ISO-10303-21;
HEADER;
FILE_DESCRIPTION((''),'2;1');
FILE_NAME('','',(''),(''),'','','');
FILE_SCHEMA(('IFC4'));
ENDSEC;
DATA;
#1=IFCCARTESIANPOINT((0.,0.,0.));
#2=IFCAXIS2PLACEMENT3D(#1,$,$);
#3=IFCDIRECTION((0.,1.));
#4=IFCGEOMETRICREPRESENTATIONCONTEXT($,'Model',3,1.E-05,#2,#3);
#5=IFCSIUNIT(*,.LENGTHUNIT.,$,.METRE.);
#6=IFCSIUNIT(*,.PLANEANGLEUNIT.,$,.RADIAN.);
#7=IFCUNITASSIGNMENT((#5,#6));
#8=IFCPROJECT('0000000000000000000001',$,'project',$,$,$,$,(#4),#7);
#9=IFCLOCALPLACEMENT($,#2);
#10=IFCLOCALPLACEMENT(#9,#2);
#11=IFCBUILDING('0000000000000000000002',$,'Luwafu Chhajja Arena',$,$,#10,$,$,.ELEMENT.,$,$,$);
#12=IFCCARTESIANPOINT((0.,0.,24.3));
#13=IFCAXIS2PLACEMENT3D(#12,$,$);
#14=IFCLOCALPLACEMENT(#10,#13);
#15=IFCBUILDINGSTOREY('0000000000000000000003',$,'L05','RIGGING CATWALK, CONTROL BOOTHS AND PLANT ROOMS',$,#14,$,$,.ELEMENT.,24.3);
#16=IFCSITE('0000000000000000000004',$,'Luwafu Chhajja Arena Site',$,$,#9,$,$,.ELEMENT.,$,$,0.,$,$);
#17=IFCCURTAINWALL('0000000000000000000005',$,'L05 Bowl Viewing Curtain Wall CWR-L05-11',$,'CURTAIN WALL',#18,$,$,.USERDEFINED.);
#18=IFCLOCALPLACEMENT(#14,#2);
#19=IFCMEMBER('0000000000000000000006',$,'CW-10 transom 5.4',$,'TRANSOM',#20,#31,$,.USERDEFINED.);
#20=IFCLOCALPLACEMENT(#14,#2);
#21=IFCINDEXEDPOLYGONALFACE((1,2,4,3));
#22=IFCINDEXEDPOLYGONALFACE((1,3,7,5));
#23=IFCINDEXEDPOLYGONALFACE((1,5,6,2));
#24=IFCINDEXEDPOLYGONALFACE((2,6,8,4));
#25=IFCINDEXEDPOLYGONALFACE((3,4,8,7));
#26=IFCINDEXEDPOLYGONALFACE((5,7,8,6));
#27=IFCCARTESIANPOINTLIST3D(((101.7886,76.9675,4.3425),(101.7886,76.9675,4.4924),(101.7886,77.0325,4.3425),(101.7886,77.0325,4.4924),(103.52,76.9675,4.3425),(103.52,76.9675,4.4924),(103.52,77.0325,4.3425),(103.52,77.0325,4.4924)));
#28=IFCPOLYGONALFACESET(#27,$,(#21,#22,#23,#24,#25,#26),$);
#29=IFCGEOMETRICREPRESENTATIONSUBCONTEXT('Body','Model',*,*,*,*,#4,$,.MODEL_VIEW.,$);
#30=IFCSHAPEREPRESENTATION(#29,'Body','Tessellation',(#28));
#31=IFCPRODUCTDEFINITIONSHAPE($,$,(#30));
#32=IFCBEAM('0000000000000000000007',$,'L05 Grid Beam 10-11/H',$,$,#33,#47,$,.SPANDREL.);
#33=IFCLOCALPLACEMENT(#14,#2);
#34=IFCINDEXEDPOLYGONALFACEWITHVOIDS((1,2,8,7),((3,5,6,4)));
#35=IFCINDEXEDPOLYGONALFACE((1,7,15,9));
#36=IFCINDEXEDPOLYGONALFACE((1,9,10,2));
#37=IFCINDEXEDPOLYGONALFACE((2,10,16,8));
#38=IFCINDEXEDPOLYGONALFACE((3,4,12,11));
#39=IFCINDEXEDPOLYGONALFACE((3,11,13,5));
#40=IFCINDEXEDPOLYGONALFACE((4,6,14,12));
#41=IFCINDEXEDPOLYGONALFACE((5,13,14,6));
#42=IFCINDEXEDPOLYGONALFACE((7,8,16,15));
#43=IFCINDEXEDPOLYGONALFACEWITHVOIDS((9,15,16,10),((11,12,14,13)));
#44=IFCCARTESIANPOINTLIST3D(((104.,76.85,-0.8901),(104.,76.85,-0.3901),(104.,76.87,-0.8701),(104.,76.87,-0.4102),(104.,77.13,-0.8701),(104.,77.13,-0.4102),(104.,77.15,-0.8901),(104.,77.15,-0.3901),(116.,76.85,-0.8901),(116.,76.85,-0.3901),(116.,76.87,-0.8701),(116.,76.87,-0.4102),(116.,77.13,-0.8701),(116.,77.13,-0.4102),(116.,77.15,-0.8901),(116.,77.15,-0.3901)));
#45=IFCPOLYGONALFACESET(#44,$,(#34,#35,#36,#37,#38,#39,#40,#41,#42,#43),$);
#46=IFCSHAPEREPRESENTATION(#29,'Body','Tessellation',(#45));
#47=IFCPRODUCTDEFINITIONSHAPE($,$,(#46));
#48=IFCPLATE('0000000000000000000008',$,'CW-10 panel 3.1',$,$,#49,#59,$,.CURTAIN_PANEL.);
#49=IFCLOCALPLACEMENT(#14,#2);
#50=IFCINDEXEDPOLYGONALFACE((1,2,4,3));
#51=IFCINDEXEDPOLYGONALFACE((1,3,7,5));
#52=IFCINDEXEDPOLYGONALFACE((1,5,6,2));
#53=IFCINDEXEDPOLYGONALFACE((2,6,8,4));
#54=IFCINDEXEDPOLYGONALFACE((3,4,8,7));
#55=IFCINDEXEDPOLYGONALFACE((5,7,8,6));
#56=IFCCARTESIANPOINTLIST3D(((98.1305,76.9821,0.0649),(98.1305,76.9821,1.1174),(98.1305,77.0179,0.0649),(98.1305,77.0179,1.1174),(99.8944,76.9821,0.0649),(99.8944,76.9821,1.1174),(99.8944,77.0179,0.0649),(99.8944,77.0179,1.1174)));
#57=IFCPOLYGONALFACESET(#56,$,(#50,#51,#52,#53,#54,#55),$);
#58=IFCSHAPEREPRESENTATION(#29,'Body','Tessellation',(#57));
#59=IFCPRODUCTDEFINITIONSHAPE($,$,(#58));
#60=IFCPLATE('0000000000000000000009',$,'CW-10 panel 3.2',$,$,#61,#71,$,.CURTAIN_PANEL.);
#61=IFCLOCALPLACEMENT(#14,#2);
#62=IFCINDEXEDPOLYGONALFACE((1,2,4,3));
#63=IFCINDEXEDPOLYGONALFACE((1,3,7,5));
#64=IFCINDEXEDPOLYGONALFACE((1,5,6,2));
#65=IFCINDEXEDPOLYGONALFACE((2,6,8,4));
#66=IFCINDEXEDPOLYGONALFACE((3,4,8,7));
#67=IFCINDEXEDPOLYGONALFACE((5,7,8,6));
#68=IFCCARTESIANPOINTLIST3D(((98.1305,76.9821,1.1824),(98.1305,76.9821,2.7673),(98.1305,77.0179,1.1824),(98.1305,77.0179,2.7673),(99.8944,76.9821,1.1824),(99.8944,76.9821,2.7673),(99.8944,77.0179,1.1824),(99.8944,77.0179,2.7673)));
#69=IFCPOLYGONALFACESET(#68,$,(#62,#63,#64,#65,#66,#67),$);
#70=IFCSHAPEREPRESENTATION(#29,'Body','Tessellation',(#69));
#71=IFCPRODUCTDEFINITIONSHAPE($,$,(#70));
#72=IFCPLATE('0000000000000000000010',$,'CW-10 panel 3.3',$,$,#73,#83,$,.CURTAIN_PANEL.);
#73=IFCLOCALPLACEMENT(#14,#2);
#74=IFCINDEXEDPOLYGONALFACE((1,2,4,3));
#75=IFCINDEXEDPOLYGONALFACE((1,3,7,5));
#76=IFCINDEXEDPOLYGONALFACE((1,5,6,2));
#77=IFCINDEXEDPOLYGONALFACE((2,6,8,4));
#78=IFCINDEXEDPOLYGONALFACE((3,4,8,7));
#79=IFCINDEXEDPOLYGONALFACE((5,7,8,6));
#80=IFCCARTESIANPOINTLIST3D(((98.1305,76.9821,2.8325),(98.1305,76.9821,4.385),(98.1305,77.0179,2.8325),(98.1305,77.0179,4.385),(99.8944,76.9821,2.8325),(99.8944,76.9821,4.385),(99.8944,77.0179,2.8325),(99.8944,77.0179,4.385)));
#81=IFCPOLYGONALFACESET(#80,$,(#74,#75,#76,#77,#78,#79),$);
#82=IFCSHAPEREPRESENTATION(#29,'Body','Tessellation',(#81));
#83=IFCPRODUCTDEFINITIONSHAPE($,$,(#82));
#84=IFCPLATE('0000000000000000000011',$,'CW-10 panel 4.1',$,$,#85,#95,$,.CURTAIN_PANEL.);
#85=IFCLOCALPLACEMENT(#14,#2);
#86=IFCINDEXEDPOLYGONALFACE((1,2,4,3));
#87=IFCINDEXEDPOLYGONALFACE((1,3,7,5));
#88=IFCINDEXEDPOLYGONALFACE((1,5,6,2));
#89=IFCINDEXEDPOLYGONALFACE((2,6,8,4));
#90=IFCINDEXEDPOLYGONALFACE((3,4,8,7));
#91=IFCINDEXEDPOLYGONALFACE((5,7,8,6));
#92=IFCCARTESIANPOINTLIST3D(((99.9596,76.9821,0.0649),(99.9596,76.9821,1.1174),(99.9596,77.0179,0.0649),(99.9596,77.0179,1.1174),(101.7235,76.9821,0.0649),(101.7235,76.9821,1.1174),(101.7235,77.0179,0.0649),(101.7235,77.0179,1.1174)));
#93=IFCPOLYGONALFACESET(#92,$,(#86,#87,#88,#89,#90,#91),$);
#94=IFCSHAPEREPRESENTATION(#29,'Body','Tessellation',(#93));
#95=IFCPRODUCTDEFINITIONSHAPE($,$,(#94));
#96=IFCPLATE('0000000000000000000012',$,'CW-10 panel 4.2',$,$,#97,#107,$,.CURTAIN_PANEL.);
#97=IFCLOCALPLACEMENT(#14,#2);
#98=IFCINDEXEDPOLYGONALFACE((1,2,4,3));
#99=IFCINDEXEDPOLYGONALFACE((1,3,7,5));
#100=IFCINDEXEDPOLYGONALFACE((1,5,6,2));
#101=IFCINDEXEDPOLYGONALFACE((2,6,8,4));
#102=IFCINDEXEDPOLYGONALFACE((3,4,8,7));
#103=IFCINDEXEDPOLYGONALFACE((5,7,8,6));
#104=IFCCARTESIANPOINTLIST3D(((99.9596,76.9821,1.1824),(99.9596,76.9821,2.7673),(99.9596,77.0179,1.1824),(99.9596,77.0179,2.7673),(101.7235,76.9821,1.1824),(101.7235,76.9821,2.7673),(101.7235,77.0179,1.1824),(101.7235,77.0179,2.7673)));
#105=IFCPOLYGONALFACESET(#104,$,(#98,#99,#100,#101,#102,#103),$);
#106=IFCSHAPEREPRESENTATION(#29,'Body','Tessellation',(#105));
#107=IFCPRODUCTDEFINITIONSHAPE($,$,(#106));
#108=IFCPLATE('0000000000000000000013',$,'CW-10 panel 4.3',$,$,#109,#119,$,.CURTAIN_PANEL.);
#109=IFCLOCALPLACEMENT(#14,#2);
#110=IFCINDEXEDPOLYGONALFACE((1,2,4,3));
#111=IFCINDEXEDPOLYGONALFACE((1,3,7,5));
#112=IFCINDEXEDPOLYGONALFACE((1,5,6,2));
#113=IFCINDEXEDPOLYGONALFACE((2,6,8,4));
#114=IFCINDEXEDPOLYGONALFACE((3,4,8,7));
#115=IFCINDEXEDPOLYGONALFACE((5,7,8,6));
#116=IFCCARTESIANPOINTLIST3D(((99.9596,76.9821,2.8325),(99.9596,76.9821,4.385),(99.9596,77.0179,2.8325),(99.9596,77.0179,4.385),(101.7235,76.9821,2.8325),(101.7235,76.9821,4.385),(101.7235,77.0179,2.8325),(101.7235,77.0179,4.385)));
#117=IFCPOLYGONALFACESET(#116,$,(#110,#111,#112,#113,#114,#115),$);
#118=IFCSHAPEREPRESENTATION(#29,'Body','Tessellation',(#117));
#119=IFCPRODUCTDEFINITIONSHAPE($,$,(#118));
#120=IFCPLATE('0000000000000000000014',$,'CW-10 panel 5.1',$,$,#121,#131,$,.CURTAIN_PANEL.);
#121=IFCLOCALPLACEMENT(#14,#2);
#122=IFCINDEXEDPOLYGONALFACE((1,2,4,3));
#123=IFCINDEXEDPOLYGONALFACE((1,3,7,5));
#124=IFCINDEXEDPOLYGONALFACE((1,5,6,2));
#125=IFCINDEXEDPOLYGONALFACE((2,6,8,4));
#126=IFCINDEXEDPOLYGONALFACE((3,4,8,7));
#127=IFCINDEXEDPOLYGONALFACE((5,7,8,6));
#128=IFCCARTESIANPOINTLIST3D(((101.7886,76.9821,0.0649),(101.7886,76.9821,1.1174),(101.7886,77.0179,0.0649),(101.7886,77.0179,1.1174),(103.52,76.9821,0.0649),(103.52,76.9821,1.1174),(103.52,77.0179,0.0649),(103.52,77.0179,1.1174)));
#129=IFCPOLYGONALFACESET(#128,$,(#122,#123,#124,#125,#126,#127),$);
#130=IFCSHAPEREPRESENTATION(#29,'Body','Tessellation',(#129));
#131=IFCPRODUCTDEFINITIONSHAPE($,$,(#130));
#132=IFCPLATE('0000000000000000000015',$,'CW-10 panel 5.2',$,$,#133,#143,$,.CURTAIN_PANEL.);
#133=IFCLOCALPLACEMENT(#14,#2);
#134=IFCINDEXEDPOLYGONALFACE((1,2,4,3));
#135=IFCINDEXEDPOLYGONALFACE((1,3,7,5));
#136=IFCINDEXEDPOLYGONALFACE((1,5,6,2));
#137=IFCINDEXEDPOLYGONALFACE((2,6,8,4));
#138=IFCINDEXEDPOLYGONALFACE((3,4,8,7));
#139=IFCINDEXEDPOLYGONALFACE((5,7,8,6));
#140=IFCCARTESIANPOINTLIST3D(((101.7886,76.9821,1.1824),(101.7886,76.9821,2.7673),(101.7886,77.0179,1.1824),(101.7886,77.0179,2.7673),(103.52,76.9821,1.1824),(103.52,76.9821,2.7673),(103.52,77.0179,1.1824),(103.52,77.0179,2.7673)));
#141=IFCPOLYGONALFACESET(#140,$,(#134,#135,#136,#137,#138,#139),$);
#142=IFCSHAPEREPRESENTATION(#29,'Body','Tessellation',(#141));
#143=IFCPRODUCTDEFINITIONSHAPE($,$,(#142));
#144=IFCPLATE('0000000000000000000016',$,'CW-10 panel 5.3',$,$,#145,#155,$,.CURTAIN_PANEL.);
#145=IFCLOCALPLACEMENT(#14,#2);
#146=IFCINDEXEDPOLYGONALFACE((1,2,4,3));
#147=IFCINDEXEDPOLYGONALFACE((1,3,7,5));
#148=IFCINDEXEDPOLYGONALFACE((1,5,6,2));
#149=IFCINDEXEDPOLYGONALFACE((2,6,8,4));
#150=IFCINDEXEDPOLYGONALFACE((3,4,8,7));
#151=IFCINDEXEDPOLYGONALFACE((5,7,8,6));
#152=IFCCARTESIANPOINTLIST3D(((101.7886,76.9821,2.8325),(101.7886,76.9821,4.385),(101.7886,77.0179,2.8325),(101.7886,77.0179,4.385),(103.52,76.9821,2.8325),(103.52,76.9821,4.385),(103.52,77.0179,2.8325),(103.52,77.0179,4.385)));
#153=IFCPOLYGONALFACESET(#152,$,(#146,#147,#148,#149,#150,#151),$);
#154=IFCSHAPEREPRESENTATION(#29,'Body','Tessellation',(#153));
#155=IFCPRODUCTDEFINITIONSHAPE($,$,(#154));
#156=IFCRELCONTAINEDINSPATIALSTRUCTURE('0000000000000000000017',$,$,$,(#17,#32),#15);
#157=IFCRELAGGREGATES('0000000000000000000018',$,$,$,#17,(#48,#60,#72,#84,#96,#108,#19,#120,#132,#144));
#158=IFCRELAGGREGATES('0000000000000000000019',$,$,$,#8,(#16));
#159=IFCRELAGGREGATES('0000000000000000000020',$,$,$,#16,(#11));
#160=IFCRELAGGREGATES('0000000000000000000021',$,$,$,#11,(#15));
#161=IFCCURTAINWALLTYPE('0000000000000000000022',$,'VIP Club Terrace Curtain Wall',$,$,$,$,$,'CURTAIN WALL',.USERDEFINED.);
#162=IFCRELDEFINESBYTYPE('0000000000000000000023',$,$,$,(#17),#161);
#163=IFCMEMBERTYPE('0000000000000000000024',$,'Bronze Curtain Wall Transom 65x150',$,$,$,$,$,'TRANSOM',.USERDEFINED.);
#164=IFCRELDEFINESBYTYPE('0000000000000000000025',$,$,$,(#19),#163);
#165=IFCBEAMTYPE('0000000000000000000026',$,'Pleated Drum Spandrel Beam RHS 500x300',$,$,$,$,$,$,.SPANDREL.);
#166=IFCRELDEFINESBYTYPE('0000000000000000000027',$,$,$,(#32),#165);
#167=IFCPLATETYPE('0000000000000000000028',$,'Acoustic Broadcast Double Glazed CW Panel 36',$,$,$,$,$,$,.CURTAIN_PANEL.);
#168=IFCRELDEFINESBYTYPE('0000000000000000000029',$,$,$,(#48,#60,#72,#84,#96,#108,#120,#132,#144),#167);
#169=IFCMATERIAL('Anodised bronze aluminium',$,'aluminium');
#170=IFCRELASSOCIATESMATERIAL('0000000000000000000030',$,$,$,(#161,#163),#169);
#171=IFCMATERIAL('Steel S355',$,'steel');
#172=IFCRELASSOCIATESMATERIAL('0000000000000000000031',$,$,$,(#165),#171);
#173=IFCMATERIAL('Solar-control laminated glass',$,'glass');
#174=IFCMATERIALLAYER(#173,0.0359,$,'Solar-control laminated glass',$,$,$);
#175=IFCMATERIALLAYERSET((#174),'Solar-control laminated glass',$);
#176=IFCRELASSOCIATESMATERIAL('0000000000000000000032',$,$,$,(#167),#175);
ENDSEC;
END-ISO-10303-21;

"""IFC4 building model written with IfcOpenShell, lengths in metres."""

from ifc_helpers import new_model, si_unit, direction, frame, origin, origin_2d, place, context, subcontext, project, spatial, rectangle, hollow_rectangle, extrude, material, layer, layer_set, material_profile, profile_set, type_object, element, aggregate, save


model = new_model("IFC4")

# Units and contexts
model_context = context("Model", 3, precision=1e-05, world=origin(), true_north=direction((0.0, 1.0)))
body_context = subcontext(model_context, "Body", "Model", "MODEL_VIEW")
ifc_project = project(units=[si_unit("LENGTHUNIT", "METRE"), si_unit("PLANEANGLEUNIT", "RADIAN")], contexts=[model_context])

# Site, building, storey
site_placement = place(None, origin())
site = spatial("IfcSite", under=ifc_project, at=site_placement, Name="Luwafu Chhajja Arena Site", CompositionType="ELEMENT", RefElevation=0.0)
building_placement = place(site_placement, origin())
building = spatial("IfcBuilding", under=site, at=building_placement, Name="Luwafu Chhajja Arena", CompositionType="ELEMENT")
storey_placement = place(building_placement, frame((0.0, 0.0, 24.3)))
storey = spatial("IfcBuildingStorey", under=building, at=storey_placement, Name="L05", Description="RIGGING CATWALK, CONTROL BOOTHS AND PLANT ROOMS", CompositionType="ELEMENT", Elevation=24.3)

# Curtain wall, member
ifc_material_1 = material(Name="Anodised bronze aluminium", Category="aluminium")
curtain_wall_type = type_object("IfcCurtainWallType", Name="VIP Club Terrace Curtain Wall", ElementType="CURTAIN WALL", PredefinedType="USERDEFINED", material=ifc_material_1)
curtain_wall_placement = place(storey_placement, origin())
curtain_wall = element("IfcCurtainWall", 1, at=curtain_wall_placement, inside=storey, type_object=curtain_wall_type, Name="L05 Bowl Viewing Curtain Wall CWR-L05-11", ObjectType="CURTAIN WALL", PredefinedType="USERDEFINED")
ifc_material_profile_1 = material_profile(ifc_material_1, rectangle(XDim=0.0649, YDim=0.1499, at=origin_2d()), Name="CWT 65x150")
ifc_profile_set_1 = profile_set([ifc_material_profile_1], Name="Anodised bronze aluminium")
member_type_1 = type_object("IfcMemberType", Name="Bronze Curtain Wall Transom 65x150", ElementType="TRANSOM", PredefinedType="USERDEFINED", material=ifc_profile_set_1)
member_1_placement = place(storey_placement, frame((101.7886, 77.0, 4.4175), z_axis=(1.0, 0.0, 0.0), x_axis=(0.0, 1.0, 0.0)))
member_1 = element("IfcMember", 2, at=member_1_placement, type_object=member_type_1, Name="CW-10 transom 5.4", ObjectType="TRANSOM", PredefinedType="USERDEFINED", context=body_context, shape_type="SweptSolid", body=[
    extrude(rectangle(XDim=0.0649, YDim=0.1499, at=origin_2d()), origin(), (0.0, 0.0, 1.0), 1.7314),
])

# Beam
ifc_material_2 = material(Name="Steel S355", Category="steel")
ifc_material_profile_2 = material_profile(ifc_material_2, hollow_rectangle(XDim=0.3, YDim=0.5, WallThickness=0.02, at=origin_2d()), Name="RHS 500x300x20")
ifc_profile_set_2 = profile_set([ifc_material_profile_2], Name="Steel S355")
beam_type = type_object("IfcBeamType", Name="Pleated Drum Spandrel Beam RHS 500x300", PredefinedType="SPANDREL", material=ifc_profile_set_2)
beam_placement = place(storey_placement, frame((104.0, 77.0, -0.6401), z_axis=(1.0, 0.0, 0.0), x_axis=(0.0, 1.0, 0.0)))
element("IfcBeam", 3, at=beam_placement, inside=storey, type_object=beam_type, Name="L05 Grid Beam 10-11/H", PredefinedType="SPANDREL", context=body_context, shape_type="SweptSolid", body=[
    extrude(hollow_rectangle(XDim=0.3, YDim=0.5, WallThickness=0.02, at=origin_2d()), origin(), (0.0, 0.0, 1.0), 12.0),
])

# Plates
ifc_material_3 = material(Name="Solar-control laminated glass", Category="glass")
ifc_layer = layer(ifc_material_3, 0.0359, Name="Solar-control laminated glass")
ifc_layer_set = layer_set([ifc_layer], Name="Solar-control laminated glass")
plate_type = type_object("IfcPlateType", Name="Acoustic Broadcast Double Glazed CW Panel 36", PredefinedType="CURTAIN_PANEL", material=ifc_layer_set)
plate_1_placement = place(storey_placement, frame((99.0125, 77.0, 0.0649), z_axis=(0.0, 0.0, 1.0), x_axis=(1.0, 0.0, 0.0)))
plate_1 = element("IfcPlate", 4, at=plate_1_placement, type_object=plate_type, Name="CW-10 panel 3.1", PredefinedType="CURTAIN_PANEL", context=body_context, shape_type="SweptSolid", body=[
    extrude(rectangle(XDim=1.7639, YDim=0.0359, at=origin_2d()), origin(), (0.0, 0.0, 1.0), 1.0525),
])
plate_2_placement = place(storey_placement, frame((99.0125, 77.0, 1.1824), z_axis=(0.0, 0.0, 1.0), x_axis=(1.0, 0.0, 0.0)))
plate_2 = element("IfcPlate", 5, at=plate_2_placement, type_object=plate_type, Name="CW-10 panel 3.2", PredefinedType="CURTAIN_PANEL", context=body_context, shape_type="SweptSolid", body=[
    extrude(rectangle(XDim=1.7639, YDim=0.0359, at=origin_2d()), origin(), (0.0, 0.0, 1.0), 1.585),
])
plate_3_placement = place(storey_placement, frame((99.0125, 77.0, 2.8325), z_axis=(0.0, 0.0, 1.0), x_axis=(1.0, 0.0, 0.0)))
plate_3 = element("IfcPlate", 6, at=plate_3_placement, type_object=plate_type, Name="CW-10 panel 3.3", PredefinedType="CURTAIN_PANEL", context=body_context, shape_type="SweptSolid", body=[
    extrude(rectangle(XDim=1.7639, YDim=0.0359, at=origin_2d()), origin(), (0.0, 0.0, 1.0), 1.5525),
])
plate_4_placement = place(storey_placement, frame((100.8416, 77.0, 0.0649), z_axis=(0.0, 0.0, 1.0), x_axis=(1.0, 0.0, 0.0)))
plate_4 = element("IfcPlate", 7, at=plate_4_placement, type_object=plate_type, Name="CW-10 panel 4.1", PredefinedType="CURTAIN_PANEL", context=body_context, shape_type="SweptSolid", body=[
    extrude(rectangle(XDim=1.7639, YDim=0.0359, at=origin_2d()), origin(), (0.0, 0.0, 1.0), 1.0525),
])
plate_5_placement = place(storey_placement, frame((100.8416, 77.0, 1.1824), z_axis=(0.0, 0.0, 1.0), x_axis=(1.0, 0.0, 0.0)))
plate_5 = element("IfcPlate", 8, at=plate_5_placement, type_object=plate_type, Name="CW-10 panel 4.2", PredefinedType="CURTAIN_PANEL", context=body_context, shape_type="SweptSolid", body=[
    extrude(rectangle(XDim=1.7639, YDim=0.0359, at=origin_2d()), origin(), (0.0, 0.0, 1.0), 1.585),
])
plate_6_placement = place(storey_placement, frame((100.8416, 77.0, 2.8325), z_axis=(0.0, 0.0, 1.0), x_axis=(1.0, 0.0, 0.0)))
plate_6 = element("IfcPlate", 9, at=plate_6_placement, type_object=plate_type, Name="CW-10 panel 4.3", PredefinedType="CURTAIN_PANEL", context=body_context, shape_type="SweptSolid", body=[
    extrude(rectangle(XDim=1.7639, YDim=0.0359, at=origin_2d()), origin(), (0.0, 0.0, 1.0), 1.5525),
])
plate_7_placement = place(storey_placement, frame((102.6543, 77.0, 0.0649), z_axis=(0.0, 0.0, 1.0), x_axis=(1.0, 0.0, 0.0)))
plate_7 = element("IfcPlate", 10, at=plate_7_placement, type_object=plate_type, Name="CW-10 panel 5.1", PredefinedType="CURTAIN_PANEL", context=body_context, shape_type="SweptSolid", body=[
    extrude(rectangle(XDim=1.7314, YDim=0.0359, at=origin_2d()), origin(), (0.0, 0.0, 1.0), 1.0525),
])
plate_8_placement = place(storey_placement, frame((102.6543, 77.0, 1.1824), z_axis=(0.0, 0.0, 1.0), x_axis=(1.0, 0.0, 0.0)))
plate_8 = element("IfcPlate", 11, at=plate_8_placement, type_object=plate_type, Name="CW-10 panel 5.2", PredefinedType="CURTAIN_PANEL", context=body_context, shape_type="SweptSolid", body=[
    extrude(rectangle(XDim=1.7314, YDim=0.0359, at=origin_2d()), origin(), (0.0, 0.0, 1.0), 1.585),
])
plate_9_placement = place(storey_placement, frame((102.6543, 77.0, 2.8325), z_axis=(0.0, 0.0, 1.0), x_axis=(1.0, 0.0, 0.0)))
plate_9 = element("IfcPlate", 12, at=plate_9_placement, type_object=plate_type, Name="CW-10 panel 5.3", PredefinedType="CURTAIN_PANEL", context=body_context, shape_type="SweptSolid", body=[
    extrude(rectangle(XDim=1.7314, YDim=0.0359, at=origin_2d()), origin(), (0.0, 0.0, 1.0), 1.5525),
])
aggregate(curtain_wall, [plate_1, plate_2, plate_3, plate_4, plate_5, plate_6, member_1, plate_7, plate_8, plate_9])

save(model, "model.ifc")
